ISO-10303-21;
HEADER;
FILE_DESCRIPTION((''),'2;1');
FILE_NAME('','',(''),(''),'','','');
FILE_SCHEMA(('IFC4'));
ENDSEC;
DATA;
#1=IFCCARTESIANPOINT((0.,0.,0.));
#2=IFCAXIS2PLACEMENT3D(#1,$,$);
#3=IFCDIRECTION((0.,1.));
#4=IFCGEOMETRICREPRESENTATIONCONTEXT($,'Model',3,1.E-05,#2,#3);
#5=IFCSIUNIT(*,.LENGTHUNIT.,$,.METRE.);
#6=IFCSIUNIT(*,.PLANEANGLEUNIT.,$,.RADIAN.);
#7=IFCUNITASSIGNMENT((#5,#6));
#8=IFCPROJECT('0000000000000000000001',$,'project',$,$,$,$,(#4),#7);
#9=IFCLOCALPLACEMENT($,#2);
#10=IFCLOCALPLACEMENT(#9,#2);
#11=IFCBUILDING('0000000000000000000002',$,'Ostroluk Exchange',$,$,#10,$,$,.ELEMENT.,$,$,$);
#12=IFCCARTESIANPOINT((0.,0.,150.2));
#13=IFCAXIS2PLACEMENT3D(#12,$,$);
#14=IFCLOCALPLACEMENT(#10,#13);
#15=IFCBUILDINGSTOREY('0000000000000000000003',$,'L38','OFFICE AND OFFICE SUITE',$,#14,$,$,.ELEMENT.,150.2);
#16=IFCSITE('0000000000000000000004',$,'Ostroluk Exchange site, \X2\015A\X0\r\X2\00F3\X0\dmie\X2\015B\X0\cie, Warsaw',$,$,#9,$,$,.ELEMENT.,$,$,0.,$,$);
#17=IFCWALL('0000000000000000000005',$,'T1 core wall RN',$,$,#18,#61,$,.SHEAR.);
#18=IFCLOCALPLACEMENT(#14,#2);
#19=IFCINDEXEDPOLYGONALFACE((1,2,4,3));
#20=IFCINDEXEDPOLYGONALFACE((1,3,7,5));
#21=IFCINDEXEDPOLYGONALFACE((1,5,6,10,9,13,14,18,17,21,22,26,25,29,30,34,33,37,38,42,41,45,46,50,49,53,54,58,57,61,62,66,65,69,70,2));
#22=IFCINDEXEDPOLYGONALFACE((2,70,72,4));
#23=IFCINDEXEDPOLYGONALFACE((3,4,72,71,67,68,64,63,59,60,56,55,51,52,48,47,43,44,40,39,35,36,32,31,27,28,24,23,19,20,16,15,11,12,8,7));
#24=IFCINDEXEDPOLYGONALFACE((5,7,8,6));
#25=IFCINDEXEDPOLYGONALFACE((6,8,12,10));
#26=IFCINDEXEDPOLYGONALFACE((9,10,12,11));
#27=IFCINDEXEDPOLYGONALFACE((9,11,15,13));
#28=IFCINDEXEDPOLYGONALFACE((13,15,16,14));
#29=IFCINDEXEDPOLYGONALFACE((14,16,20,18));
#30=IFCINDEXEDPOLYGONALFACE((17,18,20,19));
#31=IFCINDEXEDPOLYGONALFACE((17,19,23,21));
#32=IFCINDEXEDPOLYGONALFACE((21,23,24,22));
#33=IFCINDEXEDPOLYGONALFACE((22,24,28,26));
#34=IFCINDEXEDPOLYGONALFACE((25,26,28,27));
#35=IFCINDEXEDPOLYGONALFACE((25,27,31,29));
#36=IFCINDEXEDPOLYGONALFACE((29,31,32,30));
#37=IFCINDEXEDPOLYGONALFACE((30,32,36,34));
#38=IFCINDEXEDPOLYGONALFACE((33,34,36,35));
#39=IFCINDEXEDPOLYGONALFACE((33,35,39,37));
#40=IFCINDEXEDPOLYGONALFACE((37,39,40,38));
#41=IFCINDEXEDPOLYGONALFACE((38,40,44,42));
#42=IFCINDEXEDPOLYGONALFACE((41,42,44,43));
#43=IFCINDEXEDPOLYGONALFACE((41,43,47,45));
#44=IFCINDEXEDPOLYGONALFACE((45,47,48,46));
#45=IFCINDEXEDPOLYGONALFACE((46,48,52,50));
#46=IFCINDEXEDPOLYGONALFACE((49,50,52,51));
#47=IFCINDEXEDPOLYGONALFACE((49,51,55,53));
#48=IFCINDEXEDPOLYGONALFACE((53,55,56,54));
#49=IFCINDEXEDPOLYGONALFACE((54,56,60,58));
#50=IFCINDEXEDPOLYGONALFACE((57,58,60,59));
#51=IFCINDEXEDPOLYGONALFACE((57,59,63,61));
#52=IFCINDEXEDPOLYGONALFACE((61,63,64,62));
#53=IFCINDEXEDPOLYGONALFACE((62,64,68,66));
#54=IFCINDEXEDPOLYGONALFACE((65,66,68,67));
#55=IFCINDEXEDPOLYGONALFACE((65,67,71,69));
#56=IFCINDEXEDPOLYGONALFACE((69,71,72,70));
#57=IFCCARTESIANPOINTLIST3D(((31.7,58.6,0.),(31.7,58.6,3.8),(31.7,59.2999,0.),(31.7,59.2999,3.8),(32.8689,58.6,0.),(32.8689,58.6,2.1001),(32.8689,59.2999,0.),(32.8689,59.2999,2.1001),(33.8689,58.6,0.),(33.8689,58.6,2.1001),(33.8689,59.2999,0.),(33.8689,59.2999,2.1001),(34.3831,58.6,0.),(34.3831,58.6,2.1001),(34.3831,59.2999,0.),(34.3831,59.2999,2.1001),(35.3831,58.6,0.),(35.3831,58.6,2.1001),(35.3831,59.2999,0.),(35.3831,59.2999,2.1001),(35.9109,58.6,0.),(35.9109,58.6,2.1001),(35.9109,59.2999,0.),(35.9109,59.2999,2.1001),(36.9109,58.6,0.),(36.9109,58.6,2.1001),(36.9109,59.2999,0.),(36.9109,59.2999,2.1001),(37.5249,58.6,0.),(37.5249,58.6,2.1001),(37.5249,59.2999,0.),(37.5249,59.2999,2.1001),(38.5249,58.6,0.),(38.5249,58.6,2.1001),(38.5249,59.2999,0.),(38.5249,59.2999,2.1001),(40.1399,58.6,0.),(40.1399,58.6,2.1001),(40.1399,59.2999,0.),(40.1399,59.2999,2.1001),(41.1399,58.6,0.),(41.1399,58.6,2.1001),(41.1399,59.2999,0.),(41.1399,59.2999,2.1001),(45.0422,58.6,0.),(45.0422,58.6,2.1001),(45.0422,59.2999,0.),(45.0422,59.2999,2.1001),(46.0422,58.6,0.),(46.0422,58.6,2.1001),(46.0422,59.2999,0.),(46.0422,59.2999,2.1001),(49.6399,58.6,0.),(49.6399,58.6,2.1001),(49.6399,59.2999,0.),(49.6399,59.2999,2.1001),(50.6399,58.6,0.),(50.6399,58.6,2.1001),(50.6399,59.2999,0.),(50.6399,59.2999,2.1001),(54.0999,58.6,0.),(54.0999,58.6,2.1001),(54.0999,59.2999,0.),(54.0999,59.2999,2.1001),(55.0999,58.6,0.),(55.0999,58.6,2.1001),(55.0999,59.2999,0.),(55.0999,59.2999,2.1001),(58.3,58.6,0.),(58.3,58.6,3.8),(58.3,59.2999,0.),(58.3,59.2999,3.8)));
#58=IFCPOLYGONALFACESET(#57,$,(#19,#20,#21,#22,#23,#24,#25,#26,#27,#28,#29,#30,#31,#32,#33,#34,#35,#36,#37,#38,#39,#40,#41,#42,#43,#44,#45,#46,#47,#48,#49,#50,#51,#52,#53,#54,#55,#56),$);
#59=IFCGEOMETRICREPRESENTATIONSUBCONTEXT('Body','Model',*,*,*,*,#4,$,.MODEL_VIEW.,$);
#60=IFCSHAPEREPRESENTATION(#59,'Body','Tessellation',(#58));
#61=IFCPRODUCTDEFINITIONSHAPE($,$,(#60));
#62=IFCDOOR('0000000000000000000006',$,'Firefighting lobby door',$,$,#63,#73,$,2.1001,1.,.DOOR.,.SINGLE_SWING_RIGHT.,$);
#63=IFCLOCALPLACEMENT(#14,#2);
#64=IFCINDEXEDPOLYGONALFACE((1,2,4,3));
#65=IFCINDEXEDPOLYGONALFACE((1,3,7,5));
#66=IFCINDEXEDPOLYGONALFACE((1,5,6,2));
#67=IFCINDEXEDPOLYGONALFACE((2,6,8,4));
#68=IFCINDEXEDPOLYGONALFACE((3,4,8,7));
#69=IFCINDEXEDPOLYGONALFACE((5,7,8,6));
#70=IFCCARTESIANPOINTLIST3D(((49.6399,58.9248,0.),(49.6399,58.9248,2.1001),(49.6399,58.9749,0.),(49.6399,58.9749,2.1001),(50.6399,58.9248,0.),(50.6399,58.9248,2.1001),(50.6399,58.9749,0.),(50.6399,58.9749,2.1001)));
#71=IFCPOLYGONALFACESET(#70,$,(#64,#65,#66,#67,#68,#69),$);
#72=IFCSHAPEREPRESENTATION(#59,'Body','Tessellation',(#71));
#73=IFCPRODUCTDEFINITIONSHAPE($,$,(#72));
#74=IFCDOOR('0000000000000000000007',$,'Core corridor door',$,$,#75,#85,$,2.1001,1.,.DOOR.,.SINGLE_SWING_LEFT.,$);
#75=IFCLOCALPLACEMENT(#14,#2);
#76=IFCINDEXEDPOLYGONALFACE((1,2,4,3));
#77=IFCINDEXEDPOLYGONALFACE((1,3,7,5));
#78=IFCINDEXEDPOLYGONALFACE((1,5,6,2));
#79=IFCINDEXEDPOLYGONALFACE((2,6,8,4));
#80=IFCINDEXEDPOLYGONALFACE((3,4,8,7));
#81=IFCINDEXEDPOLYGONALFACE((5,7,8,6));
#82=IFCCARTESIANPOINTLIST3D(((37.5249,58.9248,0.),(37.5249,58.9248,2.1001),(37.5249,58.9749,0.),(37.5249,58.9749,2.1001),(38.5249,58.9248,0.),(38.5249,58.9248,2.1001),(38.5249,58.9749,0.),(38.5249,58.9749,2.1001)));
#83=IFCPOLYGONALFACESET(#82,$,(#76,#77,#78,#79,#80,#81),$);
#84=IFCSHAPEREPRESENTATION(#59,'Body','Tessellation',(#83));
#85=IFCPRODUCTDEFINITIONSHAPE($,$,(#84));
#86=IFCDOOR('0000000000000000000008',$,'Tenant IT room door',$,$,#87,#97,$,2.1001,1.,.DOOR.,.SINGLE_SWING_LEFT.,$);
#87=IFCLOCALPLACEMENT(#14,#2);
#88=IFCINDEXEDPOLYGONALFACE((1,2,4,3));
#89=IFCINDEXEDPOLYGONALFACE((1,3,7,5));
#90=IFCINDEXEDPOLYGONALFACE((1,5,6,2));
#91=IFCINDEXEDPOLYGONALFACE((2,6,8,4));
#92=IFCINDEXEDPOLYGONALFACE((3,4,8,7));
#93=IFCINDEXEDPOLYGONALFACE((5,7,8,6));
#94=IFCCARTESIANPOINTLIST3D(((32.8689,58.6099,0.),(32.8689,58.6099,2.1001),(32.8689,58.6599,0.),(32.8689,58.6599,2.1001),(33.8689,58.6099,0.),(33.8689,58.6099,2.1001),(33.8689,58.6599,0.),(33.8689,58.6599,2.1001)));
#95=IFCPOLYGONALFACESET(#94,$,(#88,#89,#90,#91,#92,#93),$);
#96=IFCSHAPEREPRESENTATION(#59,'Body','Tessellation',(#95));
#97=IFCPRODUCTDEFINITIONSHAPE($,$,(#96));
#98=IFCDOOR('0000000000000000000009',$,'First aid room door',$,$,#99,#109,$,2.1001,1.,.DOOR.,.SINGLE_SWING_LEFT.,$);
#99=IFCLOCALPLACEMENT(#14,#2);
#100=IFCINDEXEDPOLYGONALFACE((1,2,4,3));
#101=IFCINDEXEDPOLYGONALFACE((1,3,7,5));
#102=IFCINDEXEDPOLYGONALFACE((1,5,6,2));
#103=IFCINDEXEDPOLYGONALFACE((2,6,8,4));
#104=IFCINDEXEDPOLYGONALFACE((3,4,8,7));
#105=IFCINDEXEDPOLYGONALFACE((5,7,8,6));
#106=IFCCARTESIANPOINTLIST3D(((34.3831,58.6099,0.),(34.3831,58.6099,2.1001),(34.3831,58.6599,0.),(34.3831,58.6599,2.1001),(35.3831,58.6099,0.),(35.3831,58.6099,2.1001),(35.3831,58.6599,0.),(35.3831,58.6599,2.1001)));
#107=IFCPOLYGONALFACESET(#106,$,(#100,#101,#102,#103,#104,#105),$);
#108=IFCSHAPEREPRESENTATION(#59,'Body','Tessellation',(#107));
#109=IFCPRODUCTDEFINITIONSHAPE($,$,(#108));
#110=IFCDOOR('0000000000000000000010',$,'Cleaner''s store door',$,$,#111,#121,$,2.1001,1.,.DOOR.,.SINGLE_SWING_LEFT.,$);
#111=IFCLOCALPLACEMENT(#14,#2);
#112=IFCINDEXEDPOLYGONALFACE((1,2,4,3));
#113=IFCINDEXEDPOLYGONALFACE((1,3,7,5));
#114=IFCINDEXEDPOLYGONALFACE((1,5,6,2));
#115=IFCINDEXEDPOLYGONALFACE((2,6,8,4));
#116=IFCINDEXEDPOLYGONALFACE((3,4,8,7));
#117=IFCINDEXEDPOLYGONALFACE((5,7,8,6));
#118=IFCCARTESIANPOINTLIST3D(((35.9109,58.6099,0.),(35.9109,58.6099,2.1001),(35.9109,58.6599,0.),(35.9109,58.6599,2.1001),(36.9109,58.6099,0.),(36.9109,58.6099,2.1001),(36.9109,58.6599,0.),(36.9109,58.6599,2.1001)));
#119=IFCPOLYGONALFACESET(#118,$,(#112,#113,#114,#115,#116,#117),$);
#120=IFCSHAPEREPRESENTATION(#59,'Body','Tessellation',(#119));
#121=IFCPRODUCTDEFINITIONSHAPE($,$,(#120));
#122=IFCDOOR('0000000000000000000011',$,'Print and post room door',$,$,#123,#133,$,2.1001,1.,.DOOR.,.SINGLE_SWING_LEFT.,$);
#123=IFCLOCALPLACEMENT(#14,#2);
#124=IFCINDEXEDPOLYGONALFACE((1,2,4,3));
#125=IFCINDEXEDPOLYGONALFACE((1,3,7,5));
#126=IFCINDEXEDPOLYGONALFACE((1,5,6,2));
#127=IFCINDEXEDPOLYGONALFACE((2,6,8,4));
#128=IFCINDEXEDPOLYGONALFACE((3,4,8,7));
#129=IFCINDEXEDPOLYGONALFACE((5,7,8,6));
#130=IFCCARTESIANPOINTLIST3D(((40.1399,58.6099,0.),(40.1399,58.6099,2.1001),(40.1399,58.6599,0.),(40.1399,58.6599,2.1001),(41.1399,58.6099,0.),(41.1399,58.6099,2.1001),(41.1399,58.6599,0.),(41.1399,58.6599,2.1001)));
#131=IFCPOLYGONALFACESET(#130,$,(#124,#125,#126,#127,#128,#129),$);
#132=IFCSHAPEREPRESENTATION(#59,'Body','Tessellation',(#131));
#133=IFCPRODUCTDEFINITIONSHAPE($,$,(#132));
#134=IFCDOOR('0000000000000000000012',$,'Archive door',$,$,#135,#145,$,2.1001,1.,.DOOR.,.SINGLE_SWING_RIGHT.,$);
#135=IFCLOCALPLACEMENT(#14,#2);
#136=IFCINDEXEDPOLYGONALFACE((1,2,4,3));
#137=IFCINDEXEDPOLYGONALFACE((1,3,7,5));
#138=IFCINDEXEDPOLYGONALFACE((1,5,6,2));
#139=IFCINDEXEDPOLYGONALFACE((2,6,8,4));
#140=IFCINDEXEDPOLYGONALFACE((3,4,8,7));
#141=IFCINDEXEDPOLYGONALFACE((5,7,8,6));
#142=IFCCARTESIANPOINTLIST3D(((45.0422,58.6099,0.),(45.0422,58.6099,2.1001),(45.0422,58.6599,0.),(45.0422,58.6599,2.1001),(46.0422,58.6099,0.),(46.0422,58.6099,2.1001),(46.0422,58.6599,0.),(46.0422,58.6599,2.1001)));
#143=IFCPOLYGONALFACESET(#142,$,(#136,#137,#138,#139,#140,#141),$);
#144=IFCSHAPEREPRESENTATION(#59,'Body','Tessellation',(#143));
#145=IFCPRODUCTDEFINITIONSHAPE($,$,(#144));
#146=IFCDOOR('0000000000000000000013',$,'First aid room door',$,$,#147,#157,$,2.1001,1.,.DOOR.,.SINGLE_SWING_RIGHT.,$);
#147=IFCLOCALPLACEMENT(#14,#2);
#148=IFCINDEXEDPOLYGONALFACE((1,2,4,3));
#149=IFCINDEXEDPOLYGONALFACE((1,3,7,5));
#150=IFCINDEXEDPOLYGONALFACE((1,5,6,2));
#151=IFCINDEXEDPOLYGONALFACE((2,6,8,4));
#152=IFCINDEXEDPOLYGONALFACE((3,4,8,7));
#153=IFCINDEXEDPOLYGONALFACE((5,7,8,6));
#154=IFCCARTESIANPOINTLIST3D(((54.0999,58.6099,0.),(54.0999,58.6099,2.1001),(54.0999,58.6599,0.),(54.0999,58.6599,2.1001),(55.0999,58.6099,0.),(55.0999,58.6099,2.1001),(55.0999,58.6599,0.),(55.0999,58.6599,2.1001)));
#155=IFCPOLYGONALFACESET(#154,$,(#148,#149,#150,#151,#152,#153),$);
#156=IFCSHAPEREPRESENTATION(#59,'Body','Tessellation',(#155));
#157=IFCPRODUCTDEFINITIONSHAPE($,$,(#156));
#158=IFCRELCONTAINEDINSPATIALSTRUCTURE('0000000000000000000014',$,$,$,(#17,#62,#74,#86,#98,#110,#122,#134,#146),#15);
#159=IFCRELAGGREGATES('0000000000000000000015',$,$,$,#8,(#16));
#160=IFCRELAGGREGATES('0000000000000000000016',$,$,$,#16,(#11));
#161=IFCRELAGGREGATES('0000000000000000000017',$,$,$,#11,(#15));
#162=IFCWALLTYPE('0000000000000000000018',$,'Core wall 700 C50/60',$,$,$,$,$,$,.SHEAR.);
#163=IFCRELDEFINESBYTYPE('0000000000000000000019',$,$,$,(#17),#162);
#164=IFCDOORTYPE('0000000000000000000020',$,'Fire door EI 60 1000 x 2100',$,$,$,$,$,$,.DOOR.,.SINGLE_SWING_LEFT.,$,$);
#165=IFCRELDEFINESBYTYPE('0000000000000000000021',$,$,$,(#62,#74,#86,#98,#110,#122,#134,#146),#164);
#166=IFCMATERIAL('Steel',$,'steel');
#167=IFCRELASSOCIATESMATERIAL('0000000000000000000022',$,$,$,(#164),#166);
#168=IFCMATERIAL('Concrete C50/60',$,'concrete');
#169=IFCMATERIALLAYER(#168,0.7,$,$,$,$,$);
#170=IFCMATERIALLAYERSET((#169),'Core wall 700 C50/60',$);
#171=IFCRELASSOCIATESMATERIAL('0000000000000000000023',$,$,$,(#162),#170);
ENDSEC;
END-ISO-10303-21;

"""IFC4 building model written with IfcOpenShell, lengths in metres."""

from ifc_helpers import new_model, si_unit, direction, frame, frame_2d, origin, place, context, subcontext, project, spatial, rectangle, extrude, material, layer, layer_set, type_object, element, fill, save


model = new_model("IFC4")

# Units and contexts
model_context = context("Model", 3, precision=1e-05, world=origin(), true_north=direction((0.0, 1.0)))
body_context = subcontext(model_context, "Body", "Model", "MODEL_VIEW")
ifc_project = project(units=[si_unit("LENGTHUNIT", "METRE"), si_unit("PLANEANGLEUNIT", "RADIAN")], contexts=[model_context])

# Site, building, storey
site_placement = place(None, origin())
site = spatial("IfcSite", under=ifc_project, at=site_placement, Name="Ostroluk Exchange site, Śródmieście, Warsaw", CompositionType="ELEMENT", RefElevation=0.0)
building_placement = place(site_placement, origin())
building = spatial("IfcBuilding", under=site, at=building_placement, Name="Ostroluk Exchange", CompositionType="ELEMENT")
storey_placement = place(building_placement, frame((0.0, 0.0, 150.2)))
storey = spatial("IfcBuildingStorey", under=building, at=storey_placement, Name="L38", Description="OFFICE AND OFFICE SUITE", CompositionType="ELEMENT", Elevation=150.2)

# Wall, openings, doors
ifc_material_1 = material(Name="Steel", Category="steel")
door_type = type_object("IfcDoorType", Name="Fire door EI 60 1000 x 2100", OperationType="SINGLE_SWING_LEFT", PredefinedType="DOOR", material=ifc_material_1)
ifc_material_2 = material(Name="Concrete C50/60", Category="concrete")
ifc_layer_1 = layer(ifc_material_2, 0.7)
ifc_layer_set_1 = layer_set([ifc_layer_1], Name="Core wall 700 C50/60")
wall_type_1 = type_object("IfcWallType", Name="Core wall 700 C50/60", PredefinedType="SHEAR", material=ifc_layer_set_1)
wall_1_placement = place(storey_placement, frame((31.7, 58.95, 0.0), z_axis=(0.0, 0.0, 1.0), x_axis=(1.0, 0.0, 0.0)))
wall_1 = element("IfcWall", 1, at=wall_1_placement, inside=storey, type_object=wall_type_1, Name="T1 core wall RN", PredefinedType="SHEAR", context=body_context, shape_type="SweptSolid", body=[
    extrude(rectangle(XDim=26.6001, YDim=0.7, at=frame_2d((13.3, 0.0))), origin(), (0.0, 0.0, 1.0), 3.8),
])
opening_1_placement = place(wall_1_placement, frame((17.9399, 0.0, 0.0)))
opening_1 = element("IfcOpeningElement", 2, at=opening_1_placement, cuts=wall_1, PredefinedType="OPENING", context=body_context, shape_type="SweptSolid", body=[
    extrude(rectangle(XDim=1.0, YDim=2.1001, at=frame_2d((0.5, 1.05))), frame((0.0, 0.3599, 0.0), z_axis=(0.0, -1.0, 0.0), x_axis=(1.0, 0.0, 0.0)), (0.0, 0.0, 1.0), 0.72),
])
opening_2_placement = place(wall_1_placement, frame((5.825, 0.0, 0.0)))
opening_2 = element("IfcOpeningElement", 3, at=opening_2_placement, cuts=wall_1, PredefinedType="OPENING", context=body_context, shape_type="SweptSolid", body=[
    extrude(rectangle(XDim=1.0, YDim=2.1001, at=frame_2d((0.5, 1.05))), frame((0.0, 0.3599, 0.0), z_axis=(0.0, -1.0, 0.0), x_axis=(1.0, 0.0, 0.0)), (0.0, 0.0, 1.0), 0.72),
])
opening_3_placement = place(wall_1_placement, frame((1.1689, 0.0, 0.0)))
opening_3 = element("IfcOpeningElement", 4, at=opening_3_placement, cuts=wall_1, PredefinedType="OPENING", context=body_context, shape_type="SweptSolid", body=[
    extrude(rectangle(XDim=1.0, YDim=2.1001, at=frame_2d((0.5, 1.05))), frame((0.0, 0.3599, 0.0), z_axis=(0.0, -1.0, 0.0), x_axis=(1.0, 0.0, 0.0)), (0.0, 0.0, 1.0), 0.72),
])
opening_4_placement = place(wall_1_placement, frame((2.6831, 0.0, 0.0)))
opening_4 = element("IfcOpeningElement", 5, at=opening_4_placement, cuts=wall_1, PredefinedType="OPENING", context=body_context, shape_type="SweptSolid", body=[
    extrude(rectangle(XDim=1.0, YDim=2.1001, at=frame_2d((0.5, 1.05))), frame((0.0, 0.3599, 0.0), z_axis=(0.0, -1.0, 0.0), x_axis=(1.0, 0.0, 0.0)), (0.0, 0.0, 1.0), 0.72),
])
opening_5_placement = place(wall_1_placement, frame((4.2109, 0.0, 0.0)))
opening_5 = element("IfcOpeningElement", 6, at=opening_5_placement, cuts=wall_1, PredefinedType="OPENING", context=body_context, shape_type="SweptSolid", body=[
    extrude(rectangle(XDim=1.0, YDim=2.1001, at=frame_2d((0.5, 1.05))), frame((0.0, 0.3599, 0.0), z_axis=(0.0, -1.0, 0.0), x_axis=(1.0, 0.0, 0.0)), (0.0, 0.0, 1.0), 0.72),
])
opening_6_placement = place(wall_1_placement, frame((8.4399, 0.0, 0.0)))
opening_6 = element("IfcOpeningElement", 7, at=opening_6_placement, cuts=wall_1, PredefinedType="OPENING", context=body_context, shape_type="SweptSolid", body=[
    extrude(rectangle(XDim=1.0, YDim=2.1001, at=frame_2d((0.5, 1.05))), frame((0.0, 0.3599, 0.0), z_axis=(0.0, -1.0, 0.0), x_axis=(1.0, 0.0, 0.0)), (0.0, 0.0, 1.0), 0.72),
])
opening_7_placement = place(wall_1_placement, frame((13.3423, 0.0, 0.0)))
opening_7 = element("IfcOpeningElement", 8, at=opening_7_placement, cuts=wall_1, PredefinedType="OPENING", context=body_context, shape_type="SweptSolid", body=[
    extrude(rectangle(XDim=1.0, YDim=2.1001, at=frame_2d((0.5, 1.05))), frame((0.0, 0.3599, 0.0), z_axis=(0.0, -1.0, 0.0), x_axis=(1.0, 0.0, 0.0)), (0.0, 0.0, 1.0), 0.72),
])
opening_8_placement = place(wall_1_placement, frame((22.3999, 0.0, 0.0)))
opening_8 = element("IfcOpeningElement", 9, at=opening_8_placement, cuts=wall_1, PredefinedType="OPENING", context=body_context, shape_type="SweptSolid", body=[
    extrude(rectangle(XDim=1.0, YDim=2.1001, at=frame_2d((0.5, 1.05))), frame((0.0, 0.3599, 0.0), z_axis=(0.0, -1.0, 0.0), x_axis=(1.0, 0.0, 0.0)), (0.0, 0.0, 1.0), 0.72),
])
door_1_placement = place(opening_1_placement, origin())
door_1 = element("IfcDoor", 10, at=door_1_placement, inside=storey, type_object=door_type, Name="Firefighting lobby door", OperationType="SINGLE_SWING_RIGHT", OverallHeight=2.1001, OverallWidth=1.0, PredefinedType="DOOR", context=body_context, shape_type="SweptSolid", body=[
    extrude(rectangle(XDim=1.0, YDim=2.1001, at=frame_2d((0.5, 1.05))), frame((0.0, 0.0249, 0.0), z_axis=(0.0, -1.0, 0.0), x_axis=(1.0, 0.0, 0.0)), (0.0, 0.0, 1.0), 0.05),
])
fill(opening_1, door_1)
door_2_placement = place(opening_2_placement, origin())
door_2 = element("IfcDoor", 11, at=door_2_placement, inside=storey, type_object=door_type, Name="Core corridor door", OperationType="SINGLE_SWING_LEFT", OverallHeight=2.1001, OverallWidth=1.0, PredefinedType="DOOR", context=body_context, shape_type="SweptSolid", body=[
    extrude(rectangle(XDim=1.0, YDim=2.1001, at=frame_2d((0.5, 1.05))), frame((0.0, 0.0249, 0.0), z_axis=(0.0, -1.0, 0.0), x_axis=(1.0, 0.0, 0.0)), (0.0, 0.0, 1.0), 0.05),
])
fill(opening_2, door_2)
door_3_placement = place(opening_3_placement, origin())
door_3 = element("IfcDoor", 12, at=door_3_placement, inside=storey, type_object=door_type, Name="Tenant IT room door", OperationType="SINGLE_SWING_LEFT", OverallHeight=2.1001, OverallWidth=1.0, PredefinedType="DOOR", context=body_context, shape_type="SweptSolid", body=[
    extrude(rectangle(XDim=1.0, YDim=2.1001, at=frame_2d((0.5, 1.05))), frame((0.0, -0.29, 0.0), z_axis=(0.0, -1.0, 0.0), x_axis=(1.0, 0.0, 0.0)), (0.0, 0.0, 1.0), 0.05),
])
fill(opening_3, door_3)
door_4_placement = place(opening_4_placement, origin())
door_4 = element("IfcDoor", 13, at=door_4_placement, inside=storey, type_object=door_type, Name="First aid room door", OperationType="SINGLE_SWING_LEFT", OverallHeight=2.1001, OverallWidth=1.0, PredefinedType="DOOR", context=body_context, shape_type="SweptSolid", body=[
    extrude(rectangle(XDim=1.0, YDim=2.1001, at=frame_2d((0.5, 1.05))), frame((0.0, -0.29, 0.0), z_axis=(0.0, -1.0, 0.0), x_axis=(1.0, 0.0, 0.0)), (0.0, 0.0, 1.0), 0.05),
])
fill(opening_4, door_4)
door_5_placement = place(opening_5_placement, origin())
door_5 = element("IfcDoor", 14, at=door_5_placement, inside=storey, type_object=door_type, Name="Cleaner's store door", OperationType="SINGLE_SWING_LEFT", OverallHeight=2.1001, OverallWidth=1.0, PredefinedType="DOOR", context=body_context, shape_type="SweptSolid", body=[
    extrude(rectangle(XDim=1.0, YDim=2.1001, at=frame_2d((0.5, 1.05))), frame((0.0, -0.29, 0.0), z_axis=(0.0, -1.0, 0.0), x_axis=(1.0, 0.0, 0.0)), (0.0, 0.0, 1.0), 0.05),
])
fill(opening_5, door_5)
door_6_placement = place(opening_6_placement, origin())
door_6 = element("IfcDoor", 15, at=door_6_placement, inside=storey, type_object=door_type, Name="Print and post room door", OperationType="SINGLE_SWING_LEFT", OverallHeight=2.1001, OverallWidth=1.0, PredefinedType="DOOR", context=body_context, shape_type="SweptSolid", body=[
    extrude(rectangle(XDim=1.0, YDim=2.1001, at=frame_2d((0.5, 1.05))), frame((0.0, -0.29, 0.0), z_axis=(0.0, -1.0, 0.0), x_axis=(1.0, 0.0, 0.0)), (0.0, 0.0, 1.0), 0.05),
])
fill(opening_6, door_6)
door_7_placement = place(opening_7_placement, origin())
door_7 = element("IfcDoor", 16, at=door_7_placement, inside=storey, type_object=door_type, Name="Archive door", OperationType="SINGLE_SWING_RIGHT", OverallHeight=2.1001, OverallWidth=1.0, PredefinedType="DOOR", context=body_context, shape_type="SweptSolid", body=[
    extrude(rectangle(XDim=1.0, YDim=2.1001, at=frame_2d((0.5, 1.05))), frame((0.0, -0.29, 0.0), z_axis=(0.0, -1.0, 0.0), x_axis=(1.0, 0.0, 0.0)), (0.0, 0.0, 1.0), 0.05),
])
fill(opening_7, door_7)
door_8_placement = place(opening_8_placement, origin())
door_8 = element("IfcDoor", 17, at=door_8_placement, inside=storey, type_object=door_type, Name="First aid room door", OperationType="SINGLE_SWING_RIGHT", OverallHeight=2.1001, OverallWidth=1.0, PredefinedType="DOOR", context=body_context, shape_type="SweptSolid", body=[
    extrude(rectangle(XDim=1.0, YDim=2.1001, at=frame_2d((0.5, 1.05))), frame((0.0, -0.29, 0.0), z_axis=(0.0, -1.0, 0.0), x_axis=(1.0, 0.0, 0.0)), (0.0, 0.0, 1.0), 0.05),
])
fill(opening_8, door_8)

save(model, "model.ifc")
